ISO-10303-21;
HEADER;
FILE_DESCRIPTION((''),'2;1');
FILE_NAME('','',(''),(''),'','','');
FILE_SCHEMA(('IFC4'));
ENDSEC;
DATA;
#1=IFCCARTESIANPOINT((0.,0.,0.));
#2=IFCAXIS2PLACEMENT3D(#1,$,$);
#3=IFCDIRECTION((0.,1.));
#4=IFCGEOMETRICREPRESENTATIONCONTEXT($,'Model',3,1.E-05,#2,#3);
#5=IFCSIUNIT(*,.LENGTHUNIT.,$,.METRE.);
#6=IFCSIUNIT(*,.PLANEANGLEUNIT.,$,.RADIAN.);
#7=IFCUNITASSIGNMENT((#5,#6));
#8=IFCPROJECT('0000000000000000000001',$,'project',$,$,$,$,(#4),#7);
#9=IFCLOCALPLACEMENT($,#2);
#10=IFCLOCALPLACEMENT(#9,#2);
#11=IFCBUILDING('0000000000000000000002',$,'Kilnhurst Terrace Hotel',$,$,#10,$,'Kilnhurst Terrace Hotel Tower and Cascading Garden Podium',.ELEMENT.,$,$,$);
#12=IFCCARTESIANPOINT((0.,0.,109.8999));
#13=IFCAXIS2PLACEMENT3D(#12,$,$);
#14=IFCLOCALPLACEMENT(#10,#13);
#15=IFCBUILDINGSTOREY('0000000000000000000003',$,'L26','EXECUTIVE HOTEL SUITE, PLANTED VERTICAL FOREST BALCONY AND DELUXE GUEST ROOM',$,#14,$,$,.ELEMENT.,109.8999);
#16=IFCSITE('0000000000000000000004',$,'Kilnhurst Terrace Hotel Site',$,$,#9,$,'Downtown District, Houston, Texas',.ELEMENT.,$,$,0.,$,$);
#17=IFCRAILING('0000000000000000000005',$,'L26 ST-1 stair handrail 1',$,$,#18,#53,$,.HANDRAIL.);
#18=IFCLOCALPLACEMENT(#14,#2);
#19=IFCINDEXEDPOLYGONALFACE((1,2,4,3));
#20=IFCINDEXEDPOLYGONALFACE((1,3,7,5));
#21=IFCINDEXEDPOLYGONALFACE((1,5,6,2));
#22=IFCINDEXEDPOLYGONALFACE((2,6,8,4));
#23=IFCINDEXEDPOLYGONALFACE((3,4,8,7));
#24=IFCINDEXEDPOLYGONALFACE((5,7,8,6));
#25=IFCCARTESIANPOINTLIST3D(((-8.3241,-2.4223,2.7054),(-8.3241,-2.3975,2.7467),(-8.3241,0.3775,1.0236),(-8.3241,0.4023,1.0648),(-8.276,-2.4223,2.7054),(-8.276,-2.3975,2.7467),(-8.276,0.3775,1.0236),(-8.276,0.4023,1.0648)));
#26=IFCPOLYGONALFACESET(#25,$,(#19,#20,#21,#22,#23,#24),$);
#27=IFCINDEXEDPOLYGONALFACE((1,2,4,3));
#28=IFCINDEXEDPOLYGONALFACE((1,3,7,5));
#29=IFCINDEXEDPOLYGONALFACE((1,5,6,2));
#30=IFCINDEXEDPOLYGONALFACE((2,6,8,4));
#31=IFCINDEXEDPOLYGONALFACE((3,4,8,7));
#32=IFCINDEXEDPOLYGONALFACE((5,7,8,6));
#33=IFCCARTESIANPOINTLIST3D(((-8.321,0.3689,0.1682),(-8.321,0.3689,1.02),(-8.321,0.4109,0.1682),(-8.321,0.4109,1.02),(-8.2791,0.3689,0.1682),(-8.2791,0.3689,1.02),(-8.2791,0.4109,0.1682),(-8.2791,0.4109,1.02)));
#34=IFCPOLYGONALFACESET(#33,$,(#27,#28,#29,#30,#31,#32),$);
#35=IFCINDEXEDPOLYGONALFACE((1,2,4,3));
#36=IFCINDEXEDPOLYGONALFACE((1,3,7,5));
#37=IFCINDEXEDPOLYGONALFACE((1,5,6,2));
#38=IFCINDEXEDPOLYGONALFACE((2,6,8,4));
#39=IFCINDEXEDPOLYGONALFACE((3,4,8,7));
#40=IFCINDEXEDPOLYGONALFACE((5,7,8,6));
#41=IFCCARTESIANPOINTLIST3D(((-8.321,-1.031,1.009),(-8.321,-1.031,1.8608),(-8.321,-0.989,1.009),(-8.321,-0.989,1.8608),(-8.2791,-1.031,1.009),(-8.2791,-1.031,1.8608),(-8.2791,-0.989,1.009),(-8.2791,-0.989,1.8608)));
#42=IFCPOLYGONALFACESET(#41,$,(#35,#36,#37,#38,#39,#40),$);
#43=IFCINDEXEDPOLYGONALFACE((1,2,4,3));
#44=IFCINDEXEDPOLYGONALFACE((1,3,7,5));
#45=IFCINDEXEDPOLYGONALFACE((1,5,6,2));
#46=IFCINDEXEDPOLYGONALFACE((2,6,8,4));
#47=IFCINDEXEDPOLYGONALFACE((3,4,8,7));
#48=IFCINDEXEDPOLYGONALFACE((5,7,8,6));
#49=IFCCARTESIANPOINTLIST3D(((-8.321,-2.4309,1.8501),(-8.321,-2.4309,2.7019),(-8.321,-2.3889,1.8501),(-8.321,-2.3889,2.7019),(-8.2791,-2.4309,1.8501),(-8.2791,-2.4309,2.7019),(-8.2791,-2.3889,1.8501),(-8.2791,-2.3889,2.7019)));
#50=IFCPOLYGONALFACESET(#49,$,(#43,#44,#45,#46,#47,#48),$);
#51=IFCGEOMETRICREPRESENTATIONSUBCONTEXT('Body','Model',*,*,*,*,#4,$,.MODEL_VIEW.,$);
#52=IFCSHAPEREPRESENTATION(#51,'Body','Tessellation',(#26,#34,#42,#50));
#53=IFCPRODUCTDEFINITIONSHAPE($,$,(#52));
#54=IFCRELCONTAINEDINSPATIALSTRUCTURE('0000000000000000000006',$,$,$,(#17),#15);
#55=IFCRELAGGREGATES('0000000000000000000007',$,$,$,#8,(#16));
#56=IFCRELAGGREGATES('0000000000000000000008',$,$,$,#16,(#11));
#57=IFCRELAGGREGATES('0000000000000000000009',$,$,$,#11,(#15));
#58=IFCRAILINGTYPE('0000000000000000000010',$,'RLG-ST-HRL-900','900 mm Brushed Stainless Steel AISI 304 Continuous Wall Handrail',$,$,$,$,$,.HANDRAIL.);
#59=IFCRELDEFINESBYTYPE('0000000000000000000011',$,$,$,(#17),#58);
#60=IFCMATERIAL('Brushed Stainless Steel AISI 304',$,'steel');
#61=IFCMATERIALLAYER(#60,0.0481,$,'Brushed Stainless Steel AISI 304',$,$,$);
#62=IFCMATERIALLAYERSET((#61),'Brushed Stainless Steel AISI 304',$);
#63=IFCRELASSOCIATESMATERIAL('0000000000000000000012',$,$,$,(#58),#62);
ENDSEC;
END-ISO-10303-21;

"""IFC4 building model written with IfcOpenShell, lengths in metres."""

from ifc_helpers import new_model, si_unit, direction, frame, origin, origin_2d, place, context, subcontext, project, spatial, rectangle, extrude, material, layer, layer_set, type_object, element, save


model = new_model("IFC4")

# Units and contexts
model_context = context("Model", 3, precision=1e-05, world=origin(), true_north=direction((0.0, 1.0)))
body_context = subcontext(model_context, "Body", "Model", "MODEL_VIEW")
ifc_project = project(units=[si_unit("LENGTHUNIT", "METRE"), si_unit("PLANEANGLEUNIT", "RADIAN")], contexts=[model_context])

# Site, building, storey
site_placement = place(None, origin())
site = spatial("IfcSite", under=ifc_project, at=site_placement, Name="Kilnhurst Terrace Hotel Site", LongName="Downtown District, Houston, Texas", CompositionType="ELEMENT", RefElevation=0.0)
building_placement = place(site_placement, origin())
building = spatial("IfcBuilding", under=site, at=building_placement, Name="Kilnhurst Terrace Hotel", LongName="Kilnhurst Terrace Hotel Tower and Cascading Garden Podium", CompositionType="ELEMENT")
storey_placement = place(building_placement, frame((0.0, 0.0, 109.8999)))
storey = spatial("IfcBuildingStorey", under=building, at=storey_placement, Name="L26", Description="EXECUTIVE HOTEL SUITE, PLANTED VERTICAL FOREST BALCONY AND DELUXE GUEST ROOM", CompositionType="ELEMENT", Elevation=109.8999)

# Railing
ifc_material_1 = material(Name="Brushed Stainless Steel AISI 304", Category="steel")
ifc_layer_1 = layer(ifc_material_1, 0.0481, Name="Brushed Stainless Steel AISI 304")
ifc_layer_set_1 = layer_set([ifc_layer_1], Name="Brushed Stainless Steel AISI 304")
railing_type_1 = type_object("IfcRailingType", Name="RLG-ST-HRL-900", Description="900 mm Brushed Stainless Steel AISI 304 Continuous Wall Handrail", PredefinedType="HANDRAIL", material=ifc_layer_set_1)
railing_1_placement = place(storey_placement, frame((-8.3, 0.3899, 0.1682)))
element("IfcRailing", 1, at=railing_1_placement, inside=storey, type_object=railing_type_1, Name="L26 ST-1 stair handrail 1", PredefinedType="HANDRAIL", context=body_context, shape_type="SweptSolid", body=[
    extrude(rectangle(XDim=0.0481, YDim=0.0481, at=origin_2d()), frame((0.0, 0.0, 0.876), z_axis=(0.0, -0.857222, 0.514946), x_axis=(1.0, 0.0, 0.0)), (0.0, 0.0, 1.0), 3.2661),
    extrude(rectangle(XDim=0.042, YDim=0.042, at=origin_2d()), origin(), (0.0, 0.0, 1.0), 0.8518),
    extrude(rectangle(XDim=0.042, YDim=0.042, at=origin_2d()), frame((0.0, -1.3999, 0.8408)), (0.0, 0.0, 1.0), 0.8518),
    extrude(rectangle(XDim=0.042, YDim=0.042, at=origin_2d()), frame((0.0, -2.7998, 1.6819)), (0.0, 0.0, 1.0), 0.8518),
])

save(model, "model.ifc")
